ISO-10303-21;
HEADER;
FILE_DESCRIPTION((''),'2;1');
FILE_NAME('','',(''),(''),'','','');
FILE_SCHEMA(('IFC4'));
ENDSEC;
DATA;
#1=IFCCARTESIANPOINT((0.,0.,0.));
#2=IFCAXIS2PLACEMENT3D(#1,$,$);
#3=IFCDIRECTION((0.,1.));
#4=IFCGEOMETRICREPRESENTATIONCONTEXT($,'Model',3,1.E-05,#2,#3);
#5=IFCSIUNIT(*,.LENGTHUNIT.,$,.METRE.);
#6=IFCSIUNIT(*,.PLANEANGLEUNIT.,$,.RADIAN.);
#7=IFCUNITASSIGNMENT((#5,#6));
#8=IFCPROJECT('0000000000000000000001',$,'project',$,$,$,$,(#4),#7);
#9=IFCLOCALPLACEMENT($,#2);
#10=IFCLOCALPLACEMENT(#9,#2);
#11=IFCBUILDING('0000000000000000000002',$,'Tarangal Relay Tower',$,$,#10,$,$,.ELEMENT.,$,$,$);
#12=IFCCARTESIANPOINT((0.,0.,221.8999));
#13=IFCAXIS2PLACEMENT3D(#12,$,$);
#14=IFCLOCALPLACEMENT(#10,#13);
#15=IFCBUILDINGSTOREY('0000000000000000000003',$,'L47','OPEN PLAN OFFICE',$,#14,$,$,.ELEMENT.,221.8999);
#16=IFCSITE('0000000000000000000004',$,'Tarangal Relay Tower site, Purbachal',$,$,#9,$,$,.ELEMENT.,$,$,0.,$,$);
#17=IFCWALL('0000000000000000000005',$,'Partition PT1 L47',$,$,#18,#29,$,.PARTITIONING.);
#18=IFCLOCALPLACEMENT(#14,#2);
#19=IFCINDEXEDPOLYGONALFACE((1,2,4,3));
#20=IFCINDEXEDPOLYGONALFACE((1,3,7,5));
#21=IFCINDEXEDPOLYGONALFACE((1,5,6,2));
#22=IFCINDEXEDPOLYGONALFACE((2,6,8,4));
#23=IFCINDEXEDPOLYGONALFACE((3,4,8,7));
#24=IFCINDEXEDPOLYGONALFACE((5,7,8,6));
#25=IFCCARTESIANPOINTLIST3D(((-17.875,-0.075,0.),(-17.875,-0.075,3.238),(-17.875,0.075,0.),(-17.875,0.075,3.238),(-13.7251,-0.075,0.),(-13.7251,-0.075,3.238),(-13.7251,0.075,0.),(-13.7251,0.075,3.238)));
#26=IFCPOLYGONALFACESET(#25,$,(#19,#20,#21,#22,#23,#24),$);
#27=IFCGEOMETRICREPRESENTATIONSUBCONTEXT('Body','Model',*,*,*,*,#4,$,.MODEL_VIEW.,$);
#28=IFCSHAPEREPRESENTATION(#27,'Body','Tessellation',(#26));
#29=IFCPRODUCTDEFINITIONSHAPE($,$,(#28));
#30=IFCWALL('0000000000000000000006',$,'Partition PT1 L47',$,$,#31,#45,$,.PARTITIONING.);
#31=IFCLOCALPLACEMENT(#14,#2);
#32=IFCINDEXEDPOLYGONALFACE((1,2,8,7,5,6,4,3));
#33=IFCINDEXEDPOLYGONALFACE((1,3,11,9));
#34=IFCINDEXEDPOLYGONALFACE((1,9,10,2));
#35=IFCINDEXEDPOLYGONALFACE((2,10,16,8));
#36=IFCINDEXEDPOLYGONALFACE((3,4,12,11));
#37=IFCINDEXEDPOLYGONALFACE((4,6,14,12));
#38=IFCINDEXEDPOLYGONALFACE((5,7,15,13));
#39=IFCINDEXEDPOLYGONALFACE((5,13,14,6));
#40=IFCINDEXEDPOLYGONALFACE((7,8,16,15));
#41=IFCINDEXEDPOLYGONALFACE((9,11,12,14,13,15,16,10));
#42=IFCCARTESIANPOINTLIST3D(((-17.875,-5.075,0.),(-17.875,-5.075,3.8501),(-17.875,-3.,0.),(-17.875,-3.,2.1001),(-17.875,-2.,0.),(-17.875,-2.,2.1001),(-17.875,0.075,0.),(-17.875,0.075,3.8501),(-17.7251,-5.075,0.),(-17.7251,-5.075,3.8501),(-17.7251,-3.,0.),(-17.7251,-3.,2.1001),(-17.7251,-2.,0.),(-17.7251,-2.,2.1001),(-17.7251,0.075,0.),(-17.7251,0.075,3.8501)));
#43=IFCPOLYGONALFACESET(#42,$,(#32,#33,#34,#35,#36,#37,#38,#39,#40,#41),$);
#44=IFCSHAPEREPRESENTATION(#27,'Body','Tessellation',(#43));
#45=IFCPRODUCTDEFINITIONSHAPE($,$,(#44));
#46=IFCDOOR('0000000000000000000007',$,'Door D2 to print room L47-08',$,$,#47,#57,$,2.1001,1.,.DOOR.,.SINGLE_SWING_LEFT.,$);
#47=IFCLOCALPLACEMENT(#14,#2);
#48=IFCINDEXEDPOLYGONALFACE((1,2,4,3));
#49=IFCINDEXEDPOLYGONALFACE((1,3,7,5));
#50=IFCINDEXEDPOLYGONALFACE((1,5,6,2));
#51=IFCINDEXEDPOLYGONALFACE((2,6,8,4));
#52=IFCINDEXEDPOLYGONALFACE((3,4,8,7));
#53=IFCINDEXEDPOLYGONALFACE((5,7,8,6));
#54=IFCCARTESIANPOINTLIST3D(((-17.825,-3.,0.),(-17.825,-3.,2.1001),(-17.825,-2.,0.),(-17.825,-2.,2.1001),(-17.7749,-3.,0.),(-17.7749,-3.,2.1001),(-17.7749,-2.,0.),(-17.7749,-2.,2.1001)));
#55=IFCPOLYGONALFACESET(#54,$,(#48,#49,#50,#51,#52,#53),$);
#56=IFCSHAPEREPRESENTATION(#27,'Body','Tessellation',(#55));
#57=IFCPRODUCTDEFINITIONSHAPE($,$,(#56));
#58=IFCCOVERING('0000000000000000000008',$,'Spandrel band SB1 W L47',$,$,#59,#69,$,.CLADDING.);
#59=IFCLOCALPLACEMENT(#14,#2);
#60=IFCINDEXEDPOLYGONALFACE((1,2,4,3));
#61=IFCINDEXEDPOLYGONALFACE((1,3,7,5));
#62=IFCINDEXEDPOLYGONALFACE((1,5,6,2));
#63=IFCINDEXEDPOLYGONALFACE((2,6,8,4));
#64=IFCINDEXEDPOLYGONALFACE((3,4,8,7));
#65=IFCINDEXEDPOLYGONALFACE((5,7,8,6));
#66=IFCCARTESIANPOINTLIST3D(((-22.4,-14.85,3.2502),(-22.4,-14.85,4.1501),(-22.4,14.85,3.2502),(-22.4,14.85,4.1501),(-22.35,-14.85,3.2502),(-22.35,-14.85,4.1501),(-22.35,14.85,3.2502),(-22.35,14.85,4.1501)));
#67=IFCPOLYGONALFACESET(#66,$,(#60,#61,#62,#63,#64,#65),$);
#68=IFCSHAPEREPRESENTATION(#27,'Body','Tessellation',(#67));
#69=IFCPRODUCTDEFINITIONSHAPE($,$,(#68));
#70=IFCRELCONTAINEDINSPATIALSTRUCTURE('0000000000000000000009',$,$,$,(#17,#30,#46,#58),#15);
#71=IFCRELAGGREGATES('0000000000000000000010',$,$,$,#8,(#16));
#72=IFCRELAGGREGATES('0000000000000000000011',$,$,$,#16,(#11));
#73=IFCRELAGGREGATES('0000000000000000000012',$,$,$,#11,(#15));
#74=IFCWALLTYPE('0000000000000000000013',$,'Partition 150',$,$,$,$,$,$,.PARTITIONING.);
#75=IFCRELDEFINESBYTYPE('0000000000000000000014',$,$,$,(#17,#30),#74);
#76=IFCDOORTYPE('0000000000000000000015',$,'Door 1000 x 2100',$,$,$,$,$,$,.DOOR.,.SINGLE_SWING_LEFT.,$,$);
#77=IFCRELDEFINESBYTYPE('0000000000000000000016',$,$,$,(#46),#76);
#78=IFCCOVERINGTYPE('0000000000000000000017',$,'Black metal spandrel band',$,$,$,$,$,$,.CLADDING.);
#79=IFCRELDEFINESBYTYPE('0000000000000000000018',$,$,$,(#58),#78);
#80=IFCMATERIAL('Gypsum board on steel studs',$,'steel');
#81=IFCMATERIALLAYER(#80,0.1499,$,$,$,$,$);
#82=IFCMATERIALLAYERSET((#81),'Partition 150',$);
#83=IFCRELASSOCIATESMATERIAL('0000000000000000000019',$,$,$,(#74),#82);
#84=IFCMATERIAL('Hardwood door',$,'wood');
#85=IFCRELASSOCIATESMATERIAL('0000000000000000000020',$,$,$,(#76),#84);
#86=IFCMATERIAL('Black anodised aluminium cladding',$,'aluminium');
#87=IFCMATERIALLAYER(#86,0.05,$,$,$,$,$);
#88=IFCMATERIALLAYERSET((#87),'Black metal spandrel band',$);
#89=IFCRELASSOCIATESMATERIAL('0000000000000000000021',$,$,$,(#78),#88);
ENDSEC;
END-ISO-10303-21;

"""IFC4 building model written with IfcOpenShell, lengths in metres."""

from ifc_helpers import new_model, si_unit, direction, frame, frame_2d, origin, origin_2d, place, context, subcontext, project, spatial, rectangle, extrude, material, layer, layer_set, type_object, element, fill, save


model = new_model("IFC4")

# Units and contexts
model_context = context("Model", 3, precision=1e-05, world=origin(), true_north=direction((0.0, 1.0)))
body_context = subcontext(model_context, "Body", "Model", "MODEL_VIEW")
ifc_project = project(units=[si_unit("LENGTHUNIT", "METRE"), si_unit("PLANEANGLEUNIT", "RADIAN")], contexts=[model_context])

# Site, building, storey
site_placement = place(None, origin())
site = spatial("IfcSite", under=ifc_project, at=site_placement, Name="Tarangal Relay Tower site, Purbachal", CompositionType="ELEMENT", RefElevation=0.0)
building_placement = place(site_placement, origin())
building = spatial("IfcBuilding", under=site, at=building_placement, Name="Tarangal Relay Tower", CompositionType="ELEMENT")
storey_placement = place(building_placement, frame((0.0, 0.0, 221.8999)))
storey = spatial("IfcBuildingStorey", under=building, at=storey_placement, Name="L47", Description="OPEN PLAN OFFICE", CompositionType="ELEMENT", Elevation=221.8999)

# Wall
ifc_material_1 = material(Name="Gypsum board on steel studs", Category="steel")
ifc_layer_1 = layer(ifc_material_1, 0.1499)
ifc_layer_set_1 = layer_set([ifc_layer_1], Name="Partition 150")
wall_type_1 = type_object("IfcWallType", Name="Partition 150", PredefinedType="PARTITIONING", material=ifc_layer_set_1)
wall_1_placement = place(storey_placement, frame((-17.875, 0.0, 0.0), z_axis=(0.0, 0.0, 1.0), x_axis=(1.0, 0.0, 0.0)))
element("IfcWall", 1, at=wall_1_placement, inside=storey, type_object=wall_type_1, Name="Partition PT1 L47", PredefinedType="PARTITIONING", context=body_context, shape_type="SweptSolid", body=[
    extrude(rectangle(XDim=4.1499, YDim=0.1499, at=frame_2d((2.075, 0.0))), origin(), (0.0, 0.0, 1.0), 3.238),
])

# Wall, opening, door
wall_2_placement = place(storey_placement, frame((-17.8, -5.075, 0.0), z_axis=(0.0, 0.0, 1.0), x_axis=(0.0, 1.0, 0.0)))
wall_2 = element("IfcWall", 2, at=wall_2_placement, inside=storey, type_object=wall_type_1, Name="Partition PT1 L47", PredefinedType="PARTITIONING", context=body_context, shape_type="SweptSolid", body=[
    extrude(rectangle(XDim=5.1499, YDim=0.1499, at=frame_2d((2.575, 0.0))), origin(), (0.0, 0.0, 1.0), 3.8501),
])
opening_1_placement = place(wall_2_placement, frame((2.075, 0.0, 0.0)))
opening_1 = element("IfcOpeningElement", 3, at=opening_1_placement, cuts=wall_2, PredefinedType="OPENING", context=body_context, shape_type="SweptSolid", body=[
    extrude(rectangle(XDim=1.0, YDim=2.1001, at=frame_2d((0.5, 1.05))), frame((0.0, 0.085, 0.0), z_axis=(0.0, -1.0, 0.0), x_axis=(1.0, 0.0, 0.0)), (0.0, 0.0, 1.0), 0.1699),
])
ifc_material_2 = material(Name="Hardwood door", Category="wood")
door_type_1 = type_object("IfcDoorType", Name="Door 1000 x 2100", OperationType="SINGLE_SWING_LEFT", PredefinedType="DOOR", material=ifc_material_2)
door_1_placement = place(opening_1_placement, origin())
door_1 = element("IfcDoor", 4, at=door_1_placement, inside=storey, type_object=door_type_1, Name="Door D2 to print room L47-08", OperationType="SINGLE_SWING_LEFT", OverallHeight=2.1001, OverallWidth=1.0, PredefinedType="DOOR", context=body_context, shape_type="SweptSolid", body=[
    extrude(rectangle(XDim=1.0, YDim=2.1001, at=frame_2d((0.5, 1.05))), frame((0.0, 0.0249, 0.0), z_axis=(0.0, -1.0, 0.0), x_axis=(1.0, 0.0, 0.0)), (0.0, 0.0, 1.0), 0.05),
])
fill(opening_1, door_1)

# Covering
ifc_material_3 = material(Name="Black anodised aluminium cladding", Category="aluminium")
ifc_layer_2 = layer(ifc_material_3, 0.05)
ifc_layer_set_2 = layer_set([ifc_layer_2], Name="Black metal spandrel band")
covering_type = type_object("IfcCoveringType", Name="Black metal spandrel band", PredefinedType="CLADDING", material=ifc_layer_set_2)
covering_placement = place(storey_placement, frame((-22.375, 0.0, 3.2502), z_axis=(0.0, 0.0, 1.0), x_axis=(0.0, 1.0, 0.0)))
element("IfcCovering", 5, at=covering_placement, inside=storey, type_object=covering_type, Name="Spandrel band SB1 W L47", PredefinedType="CLADDING", context=body_context, shape_type="SweptSolid", body=[
    extrude(rectangle(XDim=29.7, YDim=0.05, at=origin_2d()), origin(), (0.0, 0.0, 1.0), 0.8999),
])

save(model, "model.ifc")
